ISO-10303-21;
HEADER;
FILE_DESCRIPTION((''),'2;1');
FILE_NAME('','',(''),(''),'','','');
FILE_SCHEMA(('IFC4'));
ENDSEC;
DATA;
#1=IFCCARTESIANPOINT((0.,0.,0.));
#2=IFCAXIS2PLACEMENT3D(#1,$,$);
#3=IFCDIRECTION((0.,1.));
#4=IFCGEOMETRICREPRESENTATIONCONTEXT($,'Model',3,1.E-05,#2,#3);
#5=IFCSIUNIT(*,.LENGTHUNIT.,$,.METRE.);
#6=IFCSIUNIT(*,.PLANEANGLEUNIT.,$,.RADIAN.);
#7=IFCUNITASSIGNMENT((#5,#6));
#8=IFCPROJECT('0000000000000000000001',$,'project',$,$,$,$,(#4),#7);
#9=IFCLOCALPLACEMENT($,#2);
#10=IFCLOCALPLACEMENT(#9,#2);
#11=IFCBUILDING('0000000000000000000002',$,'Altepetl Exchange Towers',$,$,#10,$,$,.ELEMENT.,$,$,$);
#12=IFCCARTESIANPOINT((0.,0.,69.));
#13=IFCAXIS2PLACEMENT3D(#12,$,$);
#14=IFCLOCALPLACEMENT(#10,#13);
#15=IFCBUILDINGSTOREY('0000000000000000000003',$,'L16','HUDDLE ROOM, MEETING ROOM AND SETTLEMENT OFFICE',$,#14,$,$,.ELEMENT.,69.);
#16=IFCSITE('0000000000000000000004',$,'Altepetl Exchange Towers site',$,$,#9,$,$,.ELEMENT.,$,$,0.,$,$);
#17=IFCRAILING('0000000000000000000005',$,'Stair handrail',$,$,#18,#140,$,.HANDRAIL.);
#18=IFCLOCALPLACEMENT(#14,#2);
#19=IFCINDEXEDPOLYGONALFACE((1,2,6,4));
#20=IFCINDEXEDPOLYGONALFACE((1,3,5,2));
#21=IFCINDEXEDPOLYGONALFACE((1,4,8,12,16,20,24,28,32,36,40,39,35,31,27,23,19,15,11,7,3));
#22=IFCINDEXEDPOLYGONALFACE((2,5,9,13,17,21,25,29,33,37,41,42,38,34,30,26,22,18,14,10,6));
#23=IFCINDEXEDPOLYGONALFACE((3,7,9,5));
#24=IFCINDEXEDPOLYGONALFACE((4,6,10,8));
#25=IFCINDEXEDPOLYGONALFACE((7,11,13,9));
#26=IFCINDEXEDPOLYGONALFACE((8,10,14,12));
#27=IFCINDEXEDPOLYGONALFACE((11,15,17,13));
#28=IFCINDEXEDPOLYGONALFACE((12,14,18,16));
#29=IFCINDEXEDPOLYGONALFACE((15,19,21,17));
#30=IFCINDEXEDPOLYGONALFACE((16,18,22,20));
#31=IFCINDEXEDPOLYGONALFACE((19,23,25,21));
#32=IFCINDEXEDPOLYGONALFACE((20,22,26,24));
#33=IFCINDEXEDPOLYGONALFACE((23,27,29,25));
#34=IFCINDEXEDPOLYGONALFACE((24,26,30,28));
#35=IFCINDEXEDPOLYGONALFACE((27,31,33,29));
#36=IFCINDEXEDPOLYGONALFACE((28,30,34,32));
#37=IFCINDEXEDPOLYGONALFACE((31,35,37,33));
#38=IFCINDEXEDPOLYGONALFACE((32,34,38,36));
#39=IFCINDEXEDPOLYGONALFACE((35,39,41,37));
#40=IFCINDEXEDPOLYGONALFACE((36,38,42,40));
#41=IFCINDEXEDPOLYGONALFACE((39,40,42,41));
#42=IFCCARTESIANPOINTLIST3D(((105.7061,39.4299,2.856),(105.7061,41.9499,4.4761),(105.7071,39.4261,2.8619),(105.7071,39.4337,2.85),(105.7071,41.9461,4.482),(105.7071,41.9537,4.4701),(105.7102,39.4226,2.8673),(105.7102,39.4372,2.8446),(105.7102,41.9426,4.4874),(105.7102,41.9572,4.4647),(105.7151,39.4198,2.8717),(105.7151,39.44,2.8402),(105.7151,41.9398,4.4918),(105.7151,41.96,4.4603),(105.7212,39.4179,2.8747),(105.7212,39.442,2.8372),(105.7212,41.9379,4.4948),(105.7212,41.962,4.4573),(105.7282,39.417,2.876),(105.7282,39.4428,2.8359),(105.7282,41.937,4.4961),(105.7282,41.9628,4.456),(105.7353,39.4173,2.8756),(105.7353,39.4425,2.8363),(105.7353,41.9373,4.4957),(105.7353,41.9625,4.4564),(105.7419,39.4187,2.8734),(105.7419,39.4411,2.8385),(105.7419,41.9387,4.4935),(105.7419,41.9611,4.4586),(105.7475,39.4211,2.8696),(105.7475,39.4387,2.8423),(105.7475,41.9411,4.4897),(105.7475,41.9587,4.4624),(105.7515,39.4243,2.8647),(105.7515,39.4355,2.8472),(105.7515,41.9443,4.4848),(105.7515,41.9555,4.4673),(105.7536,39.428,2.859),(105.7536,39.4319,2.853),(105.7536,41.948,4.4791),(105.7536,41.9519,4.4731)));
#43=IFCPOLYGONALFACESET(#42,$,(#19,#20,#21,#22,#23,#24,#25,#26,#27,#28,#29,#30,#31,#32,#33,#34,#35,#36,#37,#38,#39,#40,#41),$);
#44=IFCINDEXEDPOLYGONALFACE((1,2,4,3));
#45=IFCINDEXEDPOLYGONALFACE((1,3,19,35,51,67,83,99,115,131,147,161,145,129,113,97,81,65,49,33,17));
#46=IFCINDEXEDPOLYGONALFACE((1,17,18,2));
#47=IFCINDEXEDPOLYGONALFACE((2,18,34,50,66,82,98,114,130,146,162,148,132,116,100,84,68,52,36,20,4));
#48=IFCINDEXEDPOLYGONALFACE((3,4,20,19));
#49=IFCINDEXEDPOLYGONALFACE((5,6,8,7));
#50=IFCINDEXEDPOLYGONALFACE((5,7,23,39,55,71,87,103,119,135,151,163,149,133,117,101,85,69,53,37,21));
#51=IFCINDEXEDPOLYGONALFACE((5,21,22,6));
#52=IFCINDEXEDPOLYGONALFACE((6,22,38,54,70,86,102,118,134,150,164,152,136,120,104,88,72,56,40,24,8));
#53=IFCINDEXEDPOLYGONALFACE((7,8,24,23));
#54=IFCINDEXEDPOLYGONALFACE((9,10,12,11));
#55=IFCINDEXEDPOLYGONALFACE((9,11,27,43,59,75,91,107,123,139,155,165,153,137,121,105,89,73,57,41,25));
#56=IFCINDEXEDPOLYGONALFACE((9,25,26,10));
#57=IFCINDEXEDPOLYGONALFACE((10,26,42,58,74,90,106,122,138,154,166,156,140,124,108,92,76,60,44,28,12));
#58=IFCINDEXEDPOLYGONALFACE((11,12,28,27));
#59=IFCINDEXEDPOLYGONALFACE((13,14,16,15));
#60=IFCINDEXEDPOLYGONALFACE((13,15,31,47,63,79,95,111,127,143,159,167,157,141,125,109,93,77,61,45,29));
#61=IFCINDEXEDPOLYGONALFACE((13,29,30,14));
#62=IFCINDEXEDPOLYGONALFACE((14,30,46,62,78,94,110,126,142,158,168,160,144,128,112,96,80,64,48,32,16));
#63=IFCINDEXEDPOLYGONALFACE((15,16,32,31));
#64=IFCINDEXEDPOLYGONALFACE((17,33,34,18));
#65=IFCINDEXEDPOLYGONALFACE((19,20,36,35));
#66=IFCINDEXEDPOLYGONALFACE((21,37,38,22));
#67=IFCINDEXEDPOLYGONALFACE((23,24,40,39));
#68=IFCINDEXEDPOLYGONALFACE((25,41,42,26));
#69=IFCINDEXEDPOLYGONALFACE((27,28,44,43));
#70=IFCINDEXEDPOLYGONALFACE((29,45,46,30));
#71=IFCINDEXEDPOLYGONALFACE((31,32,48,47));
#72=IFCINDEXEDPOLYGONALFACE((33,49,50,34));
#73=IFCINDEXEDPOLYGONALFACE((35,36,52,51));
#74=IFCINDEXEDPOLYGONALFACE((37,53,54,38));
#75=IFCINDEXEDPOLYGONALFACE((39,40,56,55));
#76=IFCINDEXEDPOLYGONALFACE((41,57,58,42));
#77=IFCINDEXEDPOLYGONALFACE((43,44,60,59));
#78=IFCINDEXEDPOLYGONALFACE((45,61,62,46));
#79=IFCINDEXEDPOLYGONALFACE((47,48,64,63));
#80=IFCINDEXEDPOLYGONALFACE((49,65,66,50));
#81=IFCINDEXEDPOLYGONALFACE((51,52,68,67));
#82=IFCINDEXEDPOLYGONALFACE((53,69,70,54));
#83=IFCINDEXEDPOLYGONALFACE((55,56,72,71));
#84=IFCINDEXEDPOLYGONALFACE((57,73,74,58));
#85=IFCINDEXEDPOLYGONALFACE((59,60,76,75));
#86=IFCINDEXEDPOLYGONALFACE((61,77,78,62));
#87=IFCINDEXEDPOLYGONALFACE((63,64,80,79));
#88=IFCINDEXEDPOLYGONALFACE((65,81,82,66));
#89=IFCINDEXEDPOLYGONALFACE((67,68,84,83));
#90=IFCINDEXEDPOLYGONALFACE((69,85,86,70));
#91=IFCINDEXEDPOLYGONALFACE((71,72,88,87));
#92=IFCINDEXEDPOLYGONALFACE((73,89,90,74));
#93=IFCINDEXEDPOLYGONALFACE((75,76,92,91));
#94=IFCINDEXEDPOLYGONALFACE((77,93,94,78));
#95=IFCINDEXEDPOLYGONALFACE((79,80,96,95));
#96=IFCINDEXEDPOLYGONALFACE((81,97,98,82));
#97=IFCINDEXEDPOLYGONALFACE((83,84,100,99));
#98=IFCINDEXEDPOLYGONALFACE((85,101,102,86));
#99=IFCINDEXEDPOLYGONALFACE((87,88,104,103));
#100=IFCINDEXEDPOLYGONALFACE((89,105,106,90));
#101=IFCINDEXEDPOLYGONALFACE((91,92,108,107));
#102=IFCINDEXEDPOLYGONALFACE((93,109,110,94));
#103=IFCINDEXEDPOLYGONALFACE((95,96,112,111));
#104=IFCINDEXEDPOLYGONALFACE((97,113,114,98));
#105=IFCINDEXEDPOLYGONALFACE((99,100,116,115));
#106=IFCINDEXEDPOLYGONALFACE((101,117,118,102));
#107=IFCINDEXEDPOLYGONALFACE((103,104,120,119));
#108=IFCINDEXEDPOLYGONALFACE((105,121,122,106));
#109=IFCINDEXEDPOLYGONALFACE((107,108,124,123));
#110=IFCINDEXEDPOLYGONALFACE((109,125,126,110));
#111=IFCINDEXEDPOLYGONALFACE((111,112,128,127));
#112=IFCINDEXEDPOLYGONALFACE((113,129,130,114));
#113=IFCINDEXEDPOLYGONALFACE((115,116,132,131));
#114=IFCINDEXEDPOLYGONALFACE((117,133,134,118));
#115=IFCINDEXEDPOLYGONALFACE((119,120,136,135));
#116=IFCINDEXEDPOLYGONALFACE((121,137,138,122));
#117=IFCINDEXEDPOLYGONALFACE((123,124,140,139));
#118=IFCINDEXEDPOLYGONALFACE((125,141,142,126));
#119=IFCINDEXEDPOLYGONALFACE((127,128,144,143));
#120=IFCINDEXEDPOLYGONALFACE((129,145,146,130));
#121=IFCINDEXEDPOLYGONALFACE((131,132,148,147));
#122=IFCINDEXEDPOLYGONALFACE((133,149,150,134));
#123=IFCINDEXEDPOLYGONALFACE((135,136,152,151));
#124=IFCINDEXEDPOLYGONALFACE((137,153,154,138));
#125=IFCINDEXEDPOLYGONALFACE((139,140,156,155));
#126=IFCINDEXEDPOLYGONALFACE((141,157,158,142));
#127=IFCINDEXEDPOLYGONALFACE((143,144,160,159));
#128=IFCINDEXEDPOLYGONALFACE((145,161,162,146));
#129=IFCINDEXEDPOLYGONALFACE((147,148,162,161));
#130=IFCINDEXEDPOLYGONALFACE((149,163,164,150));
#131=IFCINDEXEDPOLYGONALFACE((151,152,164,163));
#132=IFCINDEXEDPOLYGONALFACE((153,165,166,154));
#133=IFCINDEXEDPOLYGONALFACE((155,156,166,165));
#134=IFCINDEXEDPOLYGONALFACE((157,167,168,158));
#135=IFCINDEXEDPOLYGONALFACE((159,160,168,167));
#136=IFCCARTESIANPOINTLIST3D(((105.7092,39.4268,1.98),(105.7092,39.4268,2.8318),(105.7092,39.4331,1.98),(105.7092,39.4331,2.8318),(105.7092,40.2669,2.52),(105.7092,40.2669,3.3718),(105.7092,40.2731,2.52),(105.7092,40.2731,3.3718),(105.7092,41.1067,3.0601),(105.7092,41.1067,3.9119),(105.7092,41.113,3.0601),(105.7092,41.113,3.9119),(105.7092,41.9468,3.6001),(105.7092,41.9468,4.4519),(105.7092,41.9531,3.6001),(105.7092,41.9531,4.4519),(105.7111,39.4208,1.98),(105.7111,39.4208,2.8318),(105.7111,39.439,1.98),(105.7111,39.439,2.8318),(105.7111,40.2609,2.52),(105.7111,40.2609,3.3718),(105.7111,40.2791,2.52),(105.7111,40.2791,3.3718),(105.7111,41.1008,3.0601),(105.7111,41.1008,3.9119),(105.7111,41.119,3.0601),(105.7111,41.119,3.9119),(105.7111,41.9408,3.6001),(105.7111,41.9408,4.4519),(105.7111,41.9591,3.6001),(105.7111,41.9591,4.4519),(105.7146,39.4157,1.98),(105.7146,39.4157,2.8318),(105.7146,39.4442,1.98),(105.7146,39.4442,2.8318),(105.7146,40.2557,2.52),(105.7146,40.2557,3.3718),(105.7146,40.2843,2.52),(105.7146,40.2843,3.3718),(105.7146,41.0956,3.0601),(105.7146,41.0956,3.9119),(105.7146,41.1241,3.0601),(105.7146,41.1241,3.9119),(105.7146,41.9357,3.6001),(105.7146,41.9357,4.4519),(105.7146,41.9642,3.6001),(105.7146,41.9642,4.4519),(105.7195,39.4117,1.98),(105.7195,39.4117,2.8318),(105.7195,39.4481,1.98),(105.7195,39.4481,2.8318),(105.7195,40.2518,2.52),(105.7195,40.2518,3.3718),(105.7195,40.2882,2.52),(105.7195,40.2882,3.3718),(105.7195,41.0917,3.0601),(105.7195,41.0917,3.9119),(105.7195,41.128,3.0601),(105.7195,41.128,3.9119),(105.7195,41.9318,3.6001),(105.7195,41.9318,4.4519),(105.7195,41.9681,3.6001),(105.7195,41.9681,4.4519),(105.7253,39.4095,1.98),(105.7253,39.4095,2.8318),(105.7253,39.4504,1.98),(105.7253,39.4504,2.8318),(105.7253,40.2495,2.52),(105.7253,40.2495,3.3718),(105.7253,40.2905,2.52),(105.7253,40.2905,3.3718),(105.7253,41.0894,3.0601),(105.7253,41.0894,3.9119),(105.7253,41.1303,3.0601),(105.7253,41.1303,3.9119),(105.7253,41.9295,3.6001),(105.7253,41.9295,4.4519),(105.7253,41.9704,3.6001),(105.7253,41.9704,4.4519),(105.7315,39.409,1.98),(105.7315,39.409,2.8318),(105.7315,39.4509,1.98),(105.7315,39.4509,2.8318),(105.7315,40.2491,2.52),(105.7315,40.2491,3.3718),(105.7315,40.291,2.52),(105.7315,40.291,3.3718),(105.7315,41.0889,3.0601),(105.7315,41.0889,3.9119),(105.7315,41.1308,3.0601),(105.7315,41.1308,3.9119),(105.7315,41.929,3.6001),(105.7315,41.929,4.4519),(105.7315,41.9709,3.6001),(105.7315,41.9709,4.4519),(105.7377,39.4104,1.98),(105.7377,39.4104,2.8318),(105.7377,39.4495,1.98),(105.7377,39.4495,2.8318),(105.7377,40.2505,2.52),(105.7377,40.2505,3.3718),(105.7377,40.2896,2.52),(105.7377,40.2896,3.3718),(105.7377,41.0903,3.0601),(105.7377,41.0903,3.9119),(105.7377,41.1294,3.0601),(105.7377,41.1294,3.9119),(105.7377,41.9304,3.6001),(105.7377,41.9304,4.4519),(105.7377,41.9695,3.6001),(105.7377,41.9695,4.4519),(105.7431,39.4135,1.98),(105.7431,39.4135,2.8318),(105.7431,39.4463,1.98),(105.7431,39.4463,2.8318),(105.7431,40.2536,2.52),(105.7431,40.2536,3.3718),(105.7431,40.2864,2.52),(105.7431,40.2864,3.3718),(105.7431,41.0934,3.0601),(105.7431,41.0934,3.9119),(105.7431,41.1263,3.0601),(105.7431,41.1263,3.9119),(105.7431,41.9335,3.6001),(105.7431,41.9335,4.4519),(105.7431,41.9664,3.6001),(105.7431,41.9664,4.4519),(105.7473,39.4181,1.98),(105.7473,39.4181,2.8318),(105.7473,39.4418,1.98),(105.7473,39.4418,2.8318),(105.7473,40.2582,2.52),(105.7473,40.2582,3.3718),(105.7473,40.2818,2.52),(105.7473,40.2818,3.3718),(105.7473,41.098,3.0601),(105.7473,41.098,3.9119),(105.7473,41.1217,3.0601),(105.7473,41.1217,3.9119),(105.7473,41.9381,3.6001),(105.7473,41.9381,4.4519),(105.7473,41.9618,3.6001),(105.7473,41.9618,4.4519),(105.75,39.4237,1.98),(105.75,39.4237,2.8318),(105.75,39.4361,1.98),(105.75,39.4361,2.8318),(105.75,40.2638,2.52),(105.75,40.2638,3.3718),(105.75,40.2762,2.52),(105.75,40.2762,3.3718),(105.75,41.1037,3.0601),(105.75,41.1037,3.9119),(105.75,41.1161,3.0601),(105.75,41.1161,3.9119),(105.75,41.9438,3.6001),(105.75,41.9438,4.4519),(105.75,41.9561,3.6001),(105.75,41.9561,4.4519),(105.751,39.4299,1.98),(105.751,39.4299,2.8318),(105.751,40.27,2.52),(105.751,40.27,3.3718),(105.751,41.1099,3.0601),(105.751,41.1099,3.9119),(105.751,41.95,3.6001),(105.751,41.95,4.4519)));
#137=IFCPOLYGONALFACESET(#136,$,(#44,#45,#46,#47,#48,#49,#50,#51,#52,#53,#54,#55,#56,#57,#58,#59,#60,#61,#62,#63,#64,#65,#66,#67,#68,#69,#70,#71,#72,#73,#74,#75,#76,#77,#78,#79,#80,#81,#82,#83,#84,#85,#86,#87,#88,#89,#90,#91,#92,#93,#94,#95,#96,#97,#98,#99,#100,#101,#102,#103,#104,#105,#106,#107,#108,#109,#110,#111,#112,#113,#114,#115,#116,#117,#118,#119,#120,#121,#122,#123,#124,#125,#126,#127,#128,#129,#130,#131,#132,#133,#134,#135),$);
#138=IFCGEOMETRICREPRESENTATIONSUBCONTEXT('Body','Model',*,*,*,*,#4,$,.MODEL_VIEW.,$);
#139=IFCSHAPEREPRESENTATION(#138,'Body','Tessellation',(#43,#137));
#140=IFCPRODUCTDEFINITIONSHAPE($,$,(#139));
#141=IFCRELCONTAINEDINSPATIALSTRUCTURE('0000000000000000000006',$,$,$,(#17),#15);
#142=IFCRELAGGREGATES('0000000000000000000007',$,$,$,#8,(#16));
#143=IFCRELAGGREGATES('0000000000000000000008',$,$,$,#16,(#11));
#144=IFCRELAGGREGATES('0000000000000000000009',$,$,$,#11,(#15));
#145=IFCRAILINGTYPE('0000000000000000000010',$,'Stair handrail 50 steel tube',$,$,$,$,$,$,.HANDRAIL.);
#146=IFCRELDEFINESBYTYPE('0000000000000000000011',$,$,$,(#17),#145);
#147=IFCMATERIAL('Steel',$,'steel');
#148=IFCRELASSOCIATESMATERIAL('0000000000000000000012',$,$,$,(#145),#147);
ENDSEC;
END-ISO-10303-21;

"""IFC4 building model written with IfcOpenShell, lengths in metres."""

from ifc_helpers import new_model, si_unit, direction, frame, origin, origin_2d, place, context, subcontext, project, spatial, circle, extrude, source, transform, mapped, material, type_object, element, save


model = new_model("IFC4")

# Units and contexts
model_context = context("Model", 3, precision=1e-05, world=origin(), true_north=direction((0.0, 1.0)))
body_context = subcontext(model_context, "Body", "Model", "MODEL_VIEW")
ifc_project = project(units=[si_unit("LENGTHUNIT", "METRE"), si_unit("PLANEANGLEUNIT", "RADIAN")], contexts=[model_context])

# Site, building, storey
site_placement = place(None, origin())
site = spatial("IfcSite", under=ifc_project, at=site_placement, Name="Altepetl Exchange Towers site", CompositionType="ELEMENT", RefElevation=0.0)
building_placement = place(site_placement, origin())
building = spatial("IfcBuilding", under=site, at=building_placement, Name="Altepetl Exchange Towers", CompositionType="ELEMENT")
storey_placement = place(building_placement, frame((0.0, 0.0, 69.0)))
storey = spatial("IfcBuildingStorey", under=building, at=storey_placement, Name="L16", Description="HUDDLE ROOM, MEETING ROOM AND SETTLEMENT OFFICE", CompositionType="ELEMENT", Elevation=69.0)

# Railing
ifc_material_1 = material(Name="Steel", Category="steel")
railing_type = type_object("IfcRailingType", Name="Stair handrail 50 steel tube", PredefinedType="HANDRAIL", material=ifc_material_1)
shared_shape = source(origin(), body_context, "Body", "SweptSolid", [
    extrude(circle(Radius=0.021, at=origin_2d()), origin(), (0.0, 0.0, 1.0), 0.8518),
])
railing_placement = place(storey_placement, frame((105.73, 39.4299, 1.98)))
element("IfcRailing", 1, at=railing_placement, inside=storey, type_object=railing_type, Name="Stair handrail", PredefinedType="HANDRAIL", context=body_context, shape_type="SweptSolid", body=[
    extrude(circle(Radius=0.0239, at=origin_2d()), frame((0.0, 0.0, 0.876), z_axis=(0.0, 0.841163, 0.540782), x_axis=(-1.0, 0.0, 0.0)), (0.0, 0.0, 1.0), 2.9958),
    mapped(shared_shape, transform((0.0, 0.0, 0.0))),
    mapped(shared_shape, transform((0.0, 0.8401, 0.54))),
    mapped(shared_shape, transform((0.0, 1.6799, 1.0801))),
    mapped(shared_shape, transform((0.0, 2.52, 1.6201))),
])

save(model, "model.ifc")
